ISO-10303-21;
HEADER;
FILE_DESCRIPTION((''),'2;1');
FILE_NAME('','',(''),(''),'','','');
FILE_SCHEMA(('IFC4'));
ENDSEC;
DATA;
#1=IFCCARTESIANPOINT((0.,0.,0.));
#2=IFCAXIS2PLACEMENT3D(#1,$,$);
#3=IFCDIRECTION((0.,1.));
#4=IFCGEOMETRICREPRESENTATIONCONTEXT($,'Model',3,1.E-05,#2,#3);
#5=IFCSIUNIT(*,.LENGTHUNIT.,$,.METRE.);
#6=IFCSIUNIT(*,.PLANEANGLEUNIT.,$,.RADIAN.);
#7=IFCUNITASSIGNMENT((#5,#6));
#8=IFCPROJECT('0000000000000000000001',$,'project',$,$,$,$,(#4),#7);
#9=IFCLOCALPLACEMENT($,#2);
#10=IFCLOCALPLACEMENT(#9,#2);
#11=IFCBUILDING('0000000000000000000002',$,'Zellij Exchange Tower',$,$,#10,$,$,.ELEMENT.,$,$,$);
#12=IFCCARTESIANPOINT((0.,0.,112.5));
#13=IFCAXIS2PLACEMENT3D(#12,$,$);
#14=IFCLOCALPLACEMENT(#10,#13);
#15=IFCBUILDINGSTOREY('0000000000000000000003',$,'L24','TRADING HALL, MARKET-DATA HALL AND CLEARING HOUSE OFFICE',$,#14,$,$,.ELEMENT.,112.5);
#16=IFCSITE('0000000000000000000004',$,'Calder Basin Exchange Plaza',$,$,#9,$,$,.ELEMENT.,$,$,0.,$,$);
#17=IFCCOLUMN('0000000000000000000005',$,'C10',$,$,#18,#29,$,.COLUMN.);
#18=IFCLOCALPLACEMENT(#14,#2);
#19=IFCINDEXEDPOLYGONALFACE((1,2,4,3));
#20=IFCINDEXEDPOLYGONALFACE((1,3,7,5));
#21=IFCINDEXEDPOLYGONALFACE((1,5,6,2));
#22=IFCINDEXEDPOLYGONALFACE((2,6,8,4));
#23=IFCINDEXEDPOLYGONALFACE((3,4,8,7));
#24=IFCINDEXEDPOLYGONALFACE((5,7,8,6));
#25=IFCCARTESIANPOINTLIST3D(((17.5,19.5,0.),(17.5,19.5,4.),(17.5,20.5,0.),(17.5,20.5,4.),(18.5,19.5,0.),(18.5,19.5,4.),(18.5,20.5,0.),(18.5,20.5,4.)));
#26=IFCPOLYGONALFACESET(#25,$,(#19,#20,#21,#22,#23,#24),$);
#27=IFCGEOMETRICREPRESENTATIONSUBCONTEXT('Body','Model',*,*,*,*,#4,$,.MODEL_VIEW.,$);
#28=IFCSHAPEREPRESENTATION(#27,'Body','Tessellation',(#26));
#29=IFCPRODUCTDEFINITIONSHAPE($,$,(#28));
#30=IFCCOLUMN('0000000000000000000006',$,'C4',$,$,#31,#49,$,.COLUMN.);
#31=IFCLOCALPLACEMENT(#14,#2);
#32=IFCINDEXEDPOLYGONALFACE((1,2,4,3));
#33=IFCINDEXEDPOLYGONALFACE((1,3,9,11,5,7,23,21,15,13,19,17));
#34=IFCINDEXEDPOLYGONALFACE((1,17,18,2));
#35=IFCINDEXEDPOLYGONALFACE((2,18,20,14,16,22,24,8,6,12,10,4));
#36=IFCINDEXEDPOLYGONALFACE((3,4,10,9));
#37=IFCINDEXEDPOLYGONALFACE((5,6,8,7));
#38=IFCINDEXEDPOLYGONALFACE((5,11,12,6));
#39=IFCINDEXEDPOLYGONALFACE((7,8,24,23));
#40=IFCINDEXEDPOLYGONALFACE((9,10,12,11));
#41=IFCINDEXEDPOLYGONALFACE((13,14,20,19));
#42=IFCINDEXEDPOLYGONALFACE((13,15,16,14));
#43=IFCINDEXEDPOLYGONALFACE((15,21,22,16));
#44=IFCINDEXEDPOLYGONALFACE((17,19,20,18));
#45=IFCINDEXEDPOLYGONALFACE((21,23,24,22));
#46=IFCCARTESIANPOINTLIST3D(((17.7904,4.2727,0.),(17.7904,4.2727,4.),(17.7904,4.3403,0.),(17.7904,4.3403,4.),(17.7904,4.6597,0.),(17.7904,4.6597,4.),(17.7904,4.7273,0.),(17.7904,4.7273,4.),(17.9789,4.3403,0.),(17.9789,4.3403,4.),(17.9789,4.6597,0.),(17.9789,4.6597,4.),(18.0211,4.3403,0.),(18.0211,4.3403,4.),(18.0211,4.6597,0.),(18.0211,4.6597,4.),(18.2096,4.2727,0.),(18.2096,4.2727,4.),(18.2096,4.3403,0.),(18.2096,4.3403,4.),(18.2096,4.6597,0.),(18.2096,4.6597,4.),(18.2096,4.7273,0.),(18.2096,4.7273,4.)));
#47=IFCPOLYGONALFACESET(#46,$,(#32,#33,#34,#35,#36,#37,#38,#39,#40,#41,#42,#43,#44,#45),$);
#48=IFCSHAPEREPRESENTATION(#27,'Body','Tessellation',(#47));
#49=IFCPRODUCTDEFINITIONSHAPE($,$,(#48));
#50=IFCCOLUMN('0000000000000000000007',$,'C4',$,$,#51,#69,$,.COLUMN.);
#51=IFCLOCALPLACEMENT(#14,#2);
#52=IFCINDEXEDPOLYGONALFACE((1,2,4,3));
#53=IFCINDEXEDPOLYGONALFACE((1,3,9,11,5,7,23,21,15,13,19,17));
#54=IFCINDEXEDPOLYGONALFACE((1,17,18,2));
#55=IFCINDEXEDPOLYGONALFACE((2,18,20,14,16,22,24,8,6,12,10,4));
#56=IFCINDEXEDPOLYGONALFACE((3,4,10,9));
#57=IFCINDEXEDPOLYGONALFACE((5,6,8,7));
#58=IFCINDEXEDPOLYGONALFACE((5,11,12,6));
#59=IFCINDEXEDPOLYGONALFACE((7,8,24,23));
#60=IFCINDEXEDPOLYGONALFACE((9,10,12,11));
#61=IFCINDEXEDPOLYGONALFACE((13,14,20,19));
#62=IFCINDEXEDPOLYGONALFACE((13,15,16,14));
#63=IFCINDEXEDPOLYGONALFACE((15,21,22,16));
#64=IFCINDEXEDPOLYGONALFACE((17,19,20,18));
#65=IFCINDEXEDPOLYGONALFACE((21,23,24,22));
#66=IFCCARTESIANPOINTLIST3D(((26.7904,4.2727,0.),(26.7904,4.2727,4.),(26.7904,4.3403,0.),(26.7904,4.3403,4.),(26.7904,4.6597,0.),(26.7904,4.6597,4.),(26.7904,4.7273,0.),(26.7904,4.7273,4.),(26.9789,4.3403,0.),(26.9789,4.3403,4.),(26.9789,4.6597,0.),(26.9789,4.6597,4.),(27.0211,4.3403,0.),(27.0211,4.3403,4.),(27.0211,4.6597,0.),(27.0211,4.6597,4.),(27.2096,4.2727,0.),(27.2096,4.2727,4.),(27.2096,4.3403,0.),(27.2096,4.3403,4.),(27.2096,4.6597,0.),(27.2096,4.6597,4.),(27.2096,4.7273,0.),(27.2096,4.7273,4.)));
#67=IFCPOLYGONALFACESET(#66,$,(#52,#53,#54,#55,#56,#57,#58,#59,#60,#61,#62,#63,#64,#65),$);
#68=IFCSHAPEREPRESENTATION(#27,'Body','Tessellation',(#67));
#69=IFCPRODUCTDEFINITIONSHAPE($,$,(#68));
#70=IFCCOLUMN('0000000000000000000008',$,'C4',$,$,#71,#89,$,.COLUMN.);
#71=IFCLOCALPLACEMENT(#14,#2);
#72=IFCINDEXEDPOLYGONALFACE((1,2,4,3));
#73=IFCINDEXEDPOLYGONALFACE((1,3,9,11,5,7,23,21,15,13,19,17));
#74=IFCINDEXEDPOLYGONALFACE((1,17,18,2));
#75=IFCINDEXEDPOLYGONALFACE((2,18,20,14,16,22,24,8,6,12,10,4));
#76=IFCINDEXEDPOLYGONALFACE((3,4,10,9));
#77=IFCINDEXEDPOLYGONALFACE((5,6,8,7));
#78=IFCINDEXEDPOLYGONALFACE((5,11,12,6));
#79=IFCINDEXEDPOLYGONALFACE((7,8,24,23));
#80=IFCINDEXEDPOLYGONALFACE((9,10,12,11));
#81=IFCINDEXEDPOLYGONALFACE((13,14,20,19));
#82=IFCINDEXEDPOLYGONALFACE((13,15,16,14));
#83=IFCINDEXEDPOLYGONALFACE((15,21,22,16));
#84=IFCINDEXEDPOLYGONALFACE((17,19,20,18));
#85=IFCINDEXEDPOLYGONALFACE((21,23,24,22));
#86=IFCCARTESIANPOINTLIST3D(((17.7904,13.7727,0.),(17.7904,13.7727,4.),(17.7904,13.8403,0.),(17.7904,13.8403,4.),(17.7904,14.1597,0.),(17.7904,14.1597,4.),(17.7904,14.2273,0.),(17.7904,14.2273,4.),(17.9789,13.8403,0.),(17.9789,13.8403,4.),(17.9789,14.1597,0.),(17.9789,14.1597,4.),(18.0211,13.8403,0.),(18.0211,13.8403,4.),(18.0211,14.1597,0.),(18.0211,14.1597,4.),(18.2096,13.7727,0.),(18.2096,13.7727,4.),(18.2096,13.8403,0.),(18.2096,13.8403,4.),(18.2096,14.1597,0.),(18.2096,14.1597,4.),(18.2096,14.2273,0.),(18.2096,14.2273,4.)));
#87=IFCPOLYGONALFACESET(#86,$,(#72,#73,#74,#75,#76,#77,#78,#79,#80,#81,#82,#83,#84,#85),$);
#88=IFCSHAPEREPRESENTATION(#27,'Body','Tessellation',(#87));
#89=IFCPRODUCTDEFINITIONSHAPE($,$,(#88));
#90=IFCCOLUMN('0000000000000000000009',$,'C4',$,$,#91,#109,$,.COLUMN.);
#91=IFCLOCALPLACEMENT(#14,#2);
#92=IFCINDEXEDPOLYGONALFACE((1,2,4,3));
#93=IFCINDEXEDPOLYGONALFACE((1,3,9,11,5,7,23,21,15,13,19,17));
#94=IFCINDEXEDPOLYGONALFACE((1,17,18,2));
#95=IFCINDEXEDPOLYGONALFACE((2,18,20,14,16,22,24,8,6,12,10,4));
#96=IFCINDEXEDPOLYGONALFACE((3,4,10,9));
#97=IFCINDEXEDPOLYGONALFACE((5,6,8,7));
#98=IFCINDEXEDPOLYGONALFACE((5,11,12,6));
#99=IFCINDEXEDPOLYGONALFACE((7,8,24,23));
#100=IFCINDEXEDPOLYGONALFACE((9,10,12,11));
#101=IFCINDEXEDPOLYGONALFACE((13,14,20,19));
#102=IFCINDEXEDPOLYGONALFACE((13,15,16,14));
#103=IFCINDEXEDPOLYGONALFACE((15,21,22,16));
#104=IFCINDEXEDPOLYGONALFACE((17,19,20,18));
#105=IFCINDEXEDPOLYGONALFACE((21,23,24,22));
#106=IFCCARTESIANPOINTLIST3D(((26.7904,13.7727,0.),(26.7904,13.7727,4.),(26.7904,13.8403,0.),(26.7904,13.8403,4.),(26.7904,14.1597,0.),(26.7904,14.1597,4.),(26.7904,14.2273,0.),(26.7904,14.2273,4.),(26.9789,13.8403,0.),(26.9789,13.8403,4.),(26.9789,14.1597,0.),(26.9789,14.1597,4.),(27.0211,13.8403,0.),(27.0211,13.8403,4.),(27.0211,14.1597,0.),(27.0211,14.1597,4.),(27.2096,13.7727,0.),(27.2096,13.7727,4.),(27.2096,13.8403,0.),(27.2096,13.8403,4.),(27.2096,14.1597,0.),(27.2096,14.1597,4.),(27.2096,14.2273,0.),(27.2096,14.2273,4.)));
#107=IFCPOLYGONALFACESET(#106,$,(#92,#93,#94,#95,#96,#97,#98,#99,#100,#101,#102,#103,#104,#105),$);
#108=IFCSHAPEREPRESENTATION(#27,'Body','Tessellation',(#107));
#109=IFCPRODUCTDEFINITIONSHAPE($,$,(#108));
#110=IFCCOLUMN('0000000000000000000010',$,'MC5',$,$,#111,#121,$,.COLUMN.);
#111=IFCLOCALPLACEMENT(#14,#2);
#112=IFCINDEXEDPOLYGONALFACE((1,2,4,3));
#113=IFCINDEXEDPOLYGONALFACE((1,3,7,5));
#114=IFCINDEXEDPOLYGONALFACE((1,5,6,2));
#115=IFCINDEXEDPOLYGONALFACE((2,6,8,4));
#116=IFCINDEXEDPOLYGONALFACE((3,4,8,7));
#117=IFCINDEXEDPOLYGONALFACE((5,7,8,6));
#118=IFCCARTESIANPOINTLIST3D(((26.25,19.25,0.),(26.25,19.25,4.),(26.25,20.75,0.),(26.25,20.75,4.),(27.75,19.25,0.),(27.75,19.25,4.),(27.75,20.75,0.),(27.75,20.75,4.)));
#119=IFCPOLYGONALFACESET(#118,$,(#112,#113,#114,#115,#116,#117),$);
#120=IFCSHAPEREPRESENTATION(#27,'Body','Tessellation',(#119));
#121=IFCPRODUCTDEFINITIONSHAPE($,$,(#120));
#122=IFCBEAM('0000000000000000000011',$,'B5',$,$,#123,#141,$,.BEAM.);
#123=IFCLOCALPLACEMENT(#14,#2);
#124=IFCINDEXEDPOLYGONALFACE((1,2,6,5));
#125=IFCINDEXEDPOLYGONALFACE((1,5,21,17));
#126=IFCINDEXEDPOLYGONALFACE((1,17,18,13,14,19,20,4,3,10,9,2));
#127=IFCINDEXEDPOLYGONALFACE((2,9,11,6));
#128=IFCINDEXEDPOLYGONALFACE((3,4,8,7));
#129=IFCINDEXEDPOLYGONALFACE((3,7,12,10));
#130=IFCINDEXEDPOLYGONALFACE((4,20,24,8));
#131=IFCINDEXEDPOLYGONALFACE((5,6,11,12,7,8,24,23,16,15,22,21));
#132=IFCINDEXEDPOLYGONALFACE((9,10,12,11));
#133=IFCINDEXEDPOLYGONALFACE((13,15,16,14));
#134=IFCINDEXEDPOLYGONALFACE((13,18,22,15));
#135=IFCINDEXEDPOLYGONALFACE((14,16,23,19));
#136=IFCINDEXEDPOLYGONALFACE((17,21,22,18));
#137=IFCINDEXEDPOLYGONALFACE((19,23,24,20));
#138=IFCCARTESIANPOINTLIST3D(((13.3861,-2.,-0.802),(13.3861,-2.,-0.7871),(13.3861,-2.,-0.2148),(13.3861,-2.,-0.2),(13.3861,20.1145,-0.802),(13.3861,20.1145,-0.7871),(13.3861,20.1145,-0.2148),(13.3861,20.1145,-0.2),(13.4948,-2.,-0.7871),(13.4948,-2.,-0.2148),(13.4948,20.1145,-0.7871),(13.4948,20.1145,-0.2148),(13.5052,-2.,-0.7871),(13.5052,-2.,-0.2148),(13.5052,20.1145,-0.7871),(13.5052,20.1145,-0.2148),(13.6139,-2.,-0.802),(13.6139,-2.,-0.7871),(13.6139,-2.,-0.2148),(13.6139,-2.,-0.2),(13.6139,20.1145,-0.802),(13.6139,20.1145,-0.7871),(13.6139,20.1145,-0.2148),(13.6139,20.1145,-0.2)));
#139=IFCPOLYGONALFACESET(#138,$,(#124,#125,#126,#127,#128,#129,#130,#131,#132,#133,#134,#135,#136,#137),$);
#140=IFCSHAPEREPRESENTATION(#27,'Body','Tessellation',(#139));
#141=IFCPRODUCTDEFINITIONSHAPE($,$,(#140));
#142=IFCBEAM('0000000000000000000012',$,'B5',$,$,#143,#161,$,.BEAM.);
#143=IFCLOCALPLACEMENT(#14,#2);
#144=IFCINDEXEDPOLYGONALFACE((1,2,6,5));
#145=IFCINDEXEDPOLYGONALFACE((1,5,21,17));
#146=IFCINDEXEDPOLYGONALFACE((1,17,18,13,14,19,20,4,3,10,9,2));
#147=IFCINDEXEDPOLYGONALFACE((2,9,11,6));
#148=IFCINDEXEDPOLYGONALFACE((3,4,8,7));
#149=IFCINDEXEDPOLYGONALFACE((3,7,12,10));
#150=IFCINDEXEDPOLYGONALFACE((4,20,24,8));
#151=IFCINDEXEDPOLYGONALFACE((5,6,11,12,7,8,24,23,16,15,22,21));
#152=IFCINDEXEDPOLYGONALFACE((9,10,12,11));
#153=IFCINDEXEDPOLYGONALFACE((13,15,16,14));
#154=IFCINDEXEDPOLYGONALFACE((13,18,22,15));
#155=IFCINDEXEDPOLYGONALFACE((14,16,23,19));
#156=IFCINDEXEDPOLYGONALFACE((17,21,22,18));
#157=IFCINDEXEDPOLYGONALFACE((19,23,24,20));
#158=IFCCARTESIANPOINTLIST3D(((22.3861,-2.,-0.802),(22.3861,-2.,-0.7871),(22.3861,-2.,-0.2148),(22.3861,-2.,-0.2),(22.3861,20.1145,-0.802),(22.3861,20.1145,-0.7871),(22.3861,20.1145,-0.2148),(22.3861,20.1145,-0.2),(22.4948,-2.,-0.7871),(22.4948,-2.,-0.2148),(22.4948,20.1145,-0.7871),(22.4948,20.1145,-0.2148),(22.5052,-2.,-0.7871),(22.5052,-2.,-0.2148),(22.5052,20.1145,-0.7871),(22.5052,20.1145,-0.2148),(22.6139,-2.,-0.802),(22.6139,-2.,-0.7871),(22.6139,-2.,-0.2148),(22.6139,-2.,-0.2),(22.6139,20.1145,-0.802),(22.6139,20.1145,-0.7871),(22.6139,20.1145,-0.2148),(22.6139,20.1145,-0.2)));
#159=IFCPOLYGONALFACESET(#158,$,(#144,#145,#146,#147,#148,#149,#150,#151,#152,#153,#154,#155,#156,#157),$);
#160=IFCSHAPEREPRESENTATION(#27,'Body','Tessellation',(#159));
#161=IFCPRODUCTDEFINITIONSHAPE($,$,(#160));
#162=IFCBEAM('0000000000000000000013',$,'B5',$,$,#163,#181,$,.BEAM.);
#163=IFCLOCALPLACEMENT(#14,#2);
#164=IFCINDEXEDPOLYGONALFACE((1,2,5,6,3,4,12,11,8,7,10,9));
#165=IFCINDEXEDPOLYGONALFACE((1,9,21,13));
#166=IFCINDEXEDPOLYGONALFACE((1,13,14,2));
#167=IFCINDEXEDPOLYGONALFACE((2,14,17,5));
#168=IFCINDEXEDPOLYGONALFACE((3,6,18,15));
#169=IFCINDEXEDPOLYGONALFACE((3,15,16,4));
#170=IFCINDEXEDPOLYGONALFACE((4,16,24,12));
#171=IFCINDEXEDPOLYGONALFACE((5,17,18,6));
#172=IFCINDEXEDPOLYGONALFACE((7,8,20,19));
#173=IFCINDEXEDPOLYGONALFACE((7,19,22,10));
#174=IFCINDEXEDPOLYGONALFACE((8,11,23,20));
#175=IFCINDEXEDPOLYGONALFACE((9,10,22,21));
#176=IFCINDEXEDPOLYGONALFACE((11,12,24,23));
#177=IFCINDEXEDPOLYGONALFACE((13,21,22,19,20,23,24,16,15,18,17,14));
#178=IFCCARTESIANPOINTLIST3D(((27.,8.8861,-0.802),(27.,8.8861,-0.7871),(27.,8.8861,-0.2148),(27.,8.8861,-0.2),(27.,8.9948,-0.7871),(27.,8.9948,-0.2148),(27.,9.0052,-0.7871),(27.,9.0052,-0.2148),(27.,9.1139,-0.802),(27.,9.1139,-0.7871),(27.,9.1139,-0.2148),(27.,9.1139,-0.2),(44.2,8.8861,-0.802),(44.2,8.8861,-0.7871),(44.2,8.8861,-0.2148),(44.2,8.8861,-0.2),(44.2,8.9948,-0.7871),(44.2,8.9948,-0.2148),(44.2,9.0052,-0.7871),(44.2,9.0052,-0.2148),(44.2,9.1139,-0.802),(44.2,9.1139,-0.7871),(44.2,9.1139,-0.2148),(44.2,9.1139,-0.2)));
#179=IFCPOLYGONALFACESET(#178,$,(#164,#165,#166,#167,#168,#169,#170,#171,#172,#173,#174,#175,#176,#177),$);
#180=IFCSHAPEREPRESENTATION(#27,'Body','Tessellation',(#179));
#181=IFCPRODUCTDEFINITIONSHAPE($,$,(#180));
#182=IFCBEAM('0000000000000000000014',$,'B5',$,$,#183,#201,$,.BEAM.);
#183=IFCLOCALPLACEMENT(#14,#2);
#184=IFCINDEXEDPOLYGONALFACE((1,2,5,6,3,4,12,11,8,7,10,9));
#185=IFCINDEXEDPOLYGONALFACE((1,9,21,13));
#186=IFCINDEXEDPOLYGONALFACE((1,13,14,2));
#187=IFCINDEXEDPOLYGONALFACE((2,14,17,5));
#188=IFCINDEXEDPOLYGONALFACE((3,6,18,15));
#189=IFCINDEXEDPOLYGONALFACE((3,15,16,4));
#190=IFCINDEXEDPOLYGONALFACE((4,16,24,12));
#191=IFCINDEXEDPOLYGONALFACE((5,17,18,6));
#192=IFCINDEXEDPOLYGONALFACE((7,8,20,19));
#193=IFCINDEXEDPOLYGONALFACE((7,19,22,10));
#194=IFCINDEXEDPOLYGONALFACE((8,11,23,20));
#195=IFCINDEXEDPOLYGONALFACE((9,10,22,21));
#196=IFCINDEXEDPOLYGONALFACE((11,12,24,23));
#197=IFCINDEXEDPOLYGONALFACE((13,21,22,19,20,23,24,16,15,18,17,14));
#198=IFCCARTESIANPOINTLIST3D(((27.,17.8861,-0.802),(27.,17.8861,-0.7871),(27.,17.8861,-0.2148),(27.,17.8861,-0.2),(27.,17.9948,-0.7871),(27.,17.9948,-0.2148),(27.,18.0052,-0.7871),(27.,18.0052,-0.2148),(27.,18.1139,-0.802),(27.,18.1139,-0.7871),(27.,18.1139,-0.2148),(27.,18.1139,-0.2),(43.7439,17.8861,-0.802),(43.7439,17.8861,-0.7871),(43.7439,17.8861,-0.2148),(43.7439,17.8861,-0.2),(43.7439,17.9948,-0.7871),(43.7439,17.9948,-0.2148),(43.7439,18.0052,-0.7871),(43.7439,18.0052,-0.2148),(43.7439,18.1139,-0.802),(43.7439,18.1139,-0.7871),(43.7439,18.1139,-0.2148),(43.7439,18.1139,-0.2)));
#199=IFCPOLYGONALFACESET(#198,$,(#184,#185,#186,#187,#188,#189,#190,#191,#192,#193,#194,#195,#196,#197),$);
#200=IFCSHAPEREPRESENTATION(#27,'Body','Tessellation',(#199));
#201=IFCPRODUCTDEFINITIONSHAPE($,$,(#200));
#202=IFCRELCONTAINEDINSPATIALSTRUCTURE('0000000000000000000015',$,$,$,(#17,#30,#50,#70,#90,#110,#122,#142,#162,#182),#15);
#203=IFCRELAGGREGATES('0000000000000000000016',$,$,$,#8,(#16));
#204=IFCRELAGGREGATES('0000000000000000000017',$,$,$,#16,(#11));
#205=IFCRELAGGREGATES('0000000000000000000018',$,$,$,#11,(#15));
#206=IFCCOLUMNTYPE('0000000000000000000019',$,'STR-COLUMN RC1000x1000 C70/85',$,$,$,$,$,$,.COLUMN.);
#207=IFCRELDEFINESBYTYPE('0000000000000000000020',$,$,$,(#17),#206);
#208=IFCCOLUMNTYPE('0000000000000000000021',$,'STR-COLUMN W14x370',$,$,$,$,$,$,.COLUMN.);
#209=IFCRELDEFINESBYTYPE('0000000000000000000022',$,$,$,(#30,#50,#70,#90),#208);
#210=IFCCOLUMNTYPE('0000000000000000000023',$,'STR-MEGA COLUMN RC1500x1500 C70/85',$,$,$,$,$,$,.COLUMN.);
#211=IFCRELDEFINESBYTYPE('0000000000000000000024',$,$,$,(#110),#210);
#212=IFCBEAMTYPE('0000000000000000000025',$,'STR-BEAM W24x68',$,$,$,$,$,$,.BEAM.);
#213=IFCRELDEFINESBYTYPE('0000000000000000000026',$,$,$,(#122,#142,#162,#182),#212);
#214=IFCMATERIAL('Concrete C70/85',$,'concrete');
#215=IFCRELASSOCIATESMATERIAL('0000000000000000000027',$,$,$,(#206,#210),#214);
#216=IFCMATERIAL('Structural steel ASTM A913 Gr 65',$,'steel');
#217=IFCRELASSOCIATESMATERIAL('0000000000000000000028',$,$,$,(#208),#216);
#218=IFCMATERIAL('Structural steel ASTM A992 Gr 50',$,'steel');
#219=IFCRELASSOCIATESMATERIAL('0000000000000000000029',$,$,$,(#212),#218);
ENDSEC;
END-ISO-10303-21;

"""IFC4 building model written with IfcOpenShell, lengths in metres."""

from ifc_helpers import new_model, si_unit, direction, frame, origin, origin_2d, place, context, subcontext, project, spatial, rectangle, i_section, extrude, material, material_profile, profile_set, type_object, element, save


model = new_model("IFC4")

# Units and contexts
model_context = context("Model", 3, precision=1e-05, world=origin(), true_north=direction((0.0, 1.0)))
body_context = subcontext(model_context, "Body", "Model", "MODEL_VIEW")
ifc_project = project(units=[si_unit("LENGTHUNIT", "METRE"), si_unit("PLANEANGLEUNIT", "RADIAN")], contexts=[model_context])

# Site, building, storey
site_placement = place(None, origin())
site = spatial("IfcSite", under=ifc_project, at=site_placement, Name="Calder Basin Exchange Plaza", CompositionType="ELEMENT", RefElevation=0.0)
building_placement = place(site_placement, origin())
building = spatial("IfcBuilding", under=site, at=building_placement, Name="Zellij Exchange Tower", CompositionType="ELEMENT")
storey_placement = place(building_placement, frame((0.0, 0.0, 112.5)))
storey = spatial("IfcBuildingStorey", under=building, at=storey_placement, Name="L24", Description="TRADING HALL, MARKET-DATA HALL AND CLEARING HOUSE OFFICE", CompositionType="ELEMENT", Elevation=112.5)

# Columns
ifc_material_1 = material(Name="Concrete C70/85", Category="concrete")
ifc_material_profile_1 = material_profile(ifc_material_1, rectangle(XDim=1.0, YDim=1.0, at=origin_2d()), Name="STR-COLUMN RC1000x1000 C70/85")
ifc_profile_set_1 = profile_set([ifc_material_profile_1], Name="Concrete C70/85")
column_type_1 = type_object("IfcColumnType", Name="STR-COLUMN RC1000x1000 C70/85", PredefinedType="COLUMN", material=ifc_profile_set_1)
column_1_placement = place(storey_placement, frame((18.0, 20.0, 0.0), z_axis=(0.0, 0.0, 1.0), x_axis=(1.0, 0.0, 0.0)))
element("IfcColumn", 1, at=column_1_placement, inside=storey, type_object=column_type_1, Name="C10", PredefinedType="COLUMN", context=body_context, shape_type="SweptSolid", body=[
    extrude(rectangle(XDim=1.0, YDim=1.0, at=origin_2d()), origin(), (0.0, 0.0, 1.0), 4.0),
])
ifc_material_2 = material(Name="Structural steel ASTM A913 Gr 65", Category="steel")
ifc_material_profile_2 = material_profile(ifc_material_2, i_section(OverallWidth=0.4192, OverallDepth=0.4546, WebThickness=0.0422, FlangeThickness=0.0676, at=origin_2d()), Name="W14x370")
ifc_profile_set_2 = profile_set([ifc_material_profile_2], Name="Structural steel ASTM A913 Gr 65")
column_type_2 = type_object("IfcColumnType", Name="STR-COLUMN W14x370", PredefinedType="COLUMN", material=ifc_profile_set_2)
for number, where, z_axis, x_axis, name in (
    (2, (18.0, 4.5, 0.0), (0.0, 0.0, 1.0), (1.0, 0.0, 0.0), "C4"),
    (3, (27.0, 4.5, 0.0), (0.0, 0.0, 1.0), (1.0, 0.0, 0.0), "C4"),
    (4, (18.0, 14.0, 0.0), (0.0, 0.0, 1.0), (1.0, 0.0, 0.0), "C4"),
    (5, (27.0, 14.0, 0.0), (0.0, 0.0, 1.0), (1.0, 0.0, 0.0), "C4"),
):
    element("IfcColumn", number, at=place(storey_placement, frame(where, z_axis=z_axis, x_axis=x_axis)), inside=storey, type_object=column_type_2, Name=name, PredefinedType="COLUMN", context=body_context, shape_type="SweptSolid", body=[
        extrude(i_section(OverallWidth=0.4192, OverallDepth=0.4546, WebThickness=0.0422, FlangeThickness=0.0676, at=origin_2d()), origin(), (0.0, 0.0, 1.0), 4.0),
    ])
ifc_material_profile_3 = material_profile(ifc_material_1, rectangle(XDim=1.5, YDim=1.5, at=origin_2d()), Name="STR-MEGA COLUMN RC1500x1500 C70/85")
ifc_profile_set_3 = profile_set([ifc_material_profile_3], Name="Concrete C70/85")
column_type_3 = type_object("IfcColumnType", Name="STR-MEGA COLUMN RC1500x1500 C70/85", PredefinedType="COLUMN", material=ifc_profile_set_3)
column_2_placement = place(storey_placement, frame((27.0, 20.0, 0.0), z_axis=(0.0, 0.0, 1.0), x_axis=(1.0, 0.0, 0.0)))
element("IfcColumn", 6, at=column_2_placement, inside=storey, type_object=column_type_3, Name="MC5", PredefinedType="COLUMN", context=body_context, shape_type="SweptSolid", body=[
    extrude(rectangle(XDim=1.5, YDim=1.5, at=origin_2d()), origin(), (0.0, 0.0, 1.0), 4.0),
])

# Beams
ifc_material_3 = material(Name="Structural steel ASTM A992 Gr 50", Category="steel")
ifc_material_profile_4 = material_profile(ifc_material_3, i_section(OverallWidth=0.2278, OverallDepth=0.6021, WebThickness=0.0105, FlangeThickness=0.0149, at=origin_2d()), Name="W24x68")
ifc_profile_set_4 = profile_set([ifc_material_profile_4], Name="Structural steel ASTM A992 Gr 50")
beam_type_1 = type_object("IfcBeamType", Name="STR-BEAM W24x68", PredefinedType="BEAM", material=ifc_profile_set_4)
for number, where, z_axis, x_axis, name in (
    (7, (13.5, -2.0, -0.501), (0.0, 1.0, 0.0), (-1.0, 0.0, 0.0), "B5"),
    (8, (22.5, -2.0, -0.501), (0.0, 1.0, 0.0), (-1.0, 0.0, 0.0), "B5"),
):
    element("IfcBeam", number, at=place(storey_placement, frame(where, z_axis=z_axis, x_axis=x_axis)), inside=storey, type_object=beam_type_1, Name=name, PredefinedType="BEAM", context=body_context, shape_type="SweptSolid", body=[
        extrude(i_section(OverallWidth=0.2278, OverallDepth=0.6021, WebThickness=0.0105, FlangeThickness=0.0149, at=origin_2d()), origin(), (0.0, 0.0, 1.0), 22.1145),
    ])
beam_1_placement = place(storey_placement, frame((27.0, 9.0, -0.501), z_axis=(1.0, 0.0, 0.0), x_axis=(0.0, 1.0, 0.0)))
element("IfcBeam", 9, at=beam_1_placement, inside=storey, type_object=beam_type_1, Name="B5", PredefinedType="BEAM", context=body_context, shape_type="SweptSolid", body=[
    extrude(i_section(OverallWidth=0.2278, OverallDepth=0.6021, WebThickness=0.0105, FlangeThickness=0.0149, at=origin_2d()), origin(), (0.0, 0.0, 1.0), 17.2),
])
beam_2_placement = place(storey_placement, frame((27.0, 18.0, -0.501), z_axis=(1.0, 0.0, 0.0), x_axis=(0.0, 1.0, 0.0)))
element("IfcBeam", 10, at=beam_2_placement, inside=storey, type_object=beam_type_1, Name="B5", PredefinedType="BEAM", context=body_context, shape_type="SweptSolid", body=[
    extrude(i_section(OverallWidth=0.2278, OverallDepth=0.6021, WebThickness=0.0105, FlangeThickness=0.0149, at=origin_2d()), origin(), (0.0, 0.0, 1.0), 16.7439),
])

save(model, "model.ifc")
